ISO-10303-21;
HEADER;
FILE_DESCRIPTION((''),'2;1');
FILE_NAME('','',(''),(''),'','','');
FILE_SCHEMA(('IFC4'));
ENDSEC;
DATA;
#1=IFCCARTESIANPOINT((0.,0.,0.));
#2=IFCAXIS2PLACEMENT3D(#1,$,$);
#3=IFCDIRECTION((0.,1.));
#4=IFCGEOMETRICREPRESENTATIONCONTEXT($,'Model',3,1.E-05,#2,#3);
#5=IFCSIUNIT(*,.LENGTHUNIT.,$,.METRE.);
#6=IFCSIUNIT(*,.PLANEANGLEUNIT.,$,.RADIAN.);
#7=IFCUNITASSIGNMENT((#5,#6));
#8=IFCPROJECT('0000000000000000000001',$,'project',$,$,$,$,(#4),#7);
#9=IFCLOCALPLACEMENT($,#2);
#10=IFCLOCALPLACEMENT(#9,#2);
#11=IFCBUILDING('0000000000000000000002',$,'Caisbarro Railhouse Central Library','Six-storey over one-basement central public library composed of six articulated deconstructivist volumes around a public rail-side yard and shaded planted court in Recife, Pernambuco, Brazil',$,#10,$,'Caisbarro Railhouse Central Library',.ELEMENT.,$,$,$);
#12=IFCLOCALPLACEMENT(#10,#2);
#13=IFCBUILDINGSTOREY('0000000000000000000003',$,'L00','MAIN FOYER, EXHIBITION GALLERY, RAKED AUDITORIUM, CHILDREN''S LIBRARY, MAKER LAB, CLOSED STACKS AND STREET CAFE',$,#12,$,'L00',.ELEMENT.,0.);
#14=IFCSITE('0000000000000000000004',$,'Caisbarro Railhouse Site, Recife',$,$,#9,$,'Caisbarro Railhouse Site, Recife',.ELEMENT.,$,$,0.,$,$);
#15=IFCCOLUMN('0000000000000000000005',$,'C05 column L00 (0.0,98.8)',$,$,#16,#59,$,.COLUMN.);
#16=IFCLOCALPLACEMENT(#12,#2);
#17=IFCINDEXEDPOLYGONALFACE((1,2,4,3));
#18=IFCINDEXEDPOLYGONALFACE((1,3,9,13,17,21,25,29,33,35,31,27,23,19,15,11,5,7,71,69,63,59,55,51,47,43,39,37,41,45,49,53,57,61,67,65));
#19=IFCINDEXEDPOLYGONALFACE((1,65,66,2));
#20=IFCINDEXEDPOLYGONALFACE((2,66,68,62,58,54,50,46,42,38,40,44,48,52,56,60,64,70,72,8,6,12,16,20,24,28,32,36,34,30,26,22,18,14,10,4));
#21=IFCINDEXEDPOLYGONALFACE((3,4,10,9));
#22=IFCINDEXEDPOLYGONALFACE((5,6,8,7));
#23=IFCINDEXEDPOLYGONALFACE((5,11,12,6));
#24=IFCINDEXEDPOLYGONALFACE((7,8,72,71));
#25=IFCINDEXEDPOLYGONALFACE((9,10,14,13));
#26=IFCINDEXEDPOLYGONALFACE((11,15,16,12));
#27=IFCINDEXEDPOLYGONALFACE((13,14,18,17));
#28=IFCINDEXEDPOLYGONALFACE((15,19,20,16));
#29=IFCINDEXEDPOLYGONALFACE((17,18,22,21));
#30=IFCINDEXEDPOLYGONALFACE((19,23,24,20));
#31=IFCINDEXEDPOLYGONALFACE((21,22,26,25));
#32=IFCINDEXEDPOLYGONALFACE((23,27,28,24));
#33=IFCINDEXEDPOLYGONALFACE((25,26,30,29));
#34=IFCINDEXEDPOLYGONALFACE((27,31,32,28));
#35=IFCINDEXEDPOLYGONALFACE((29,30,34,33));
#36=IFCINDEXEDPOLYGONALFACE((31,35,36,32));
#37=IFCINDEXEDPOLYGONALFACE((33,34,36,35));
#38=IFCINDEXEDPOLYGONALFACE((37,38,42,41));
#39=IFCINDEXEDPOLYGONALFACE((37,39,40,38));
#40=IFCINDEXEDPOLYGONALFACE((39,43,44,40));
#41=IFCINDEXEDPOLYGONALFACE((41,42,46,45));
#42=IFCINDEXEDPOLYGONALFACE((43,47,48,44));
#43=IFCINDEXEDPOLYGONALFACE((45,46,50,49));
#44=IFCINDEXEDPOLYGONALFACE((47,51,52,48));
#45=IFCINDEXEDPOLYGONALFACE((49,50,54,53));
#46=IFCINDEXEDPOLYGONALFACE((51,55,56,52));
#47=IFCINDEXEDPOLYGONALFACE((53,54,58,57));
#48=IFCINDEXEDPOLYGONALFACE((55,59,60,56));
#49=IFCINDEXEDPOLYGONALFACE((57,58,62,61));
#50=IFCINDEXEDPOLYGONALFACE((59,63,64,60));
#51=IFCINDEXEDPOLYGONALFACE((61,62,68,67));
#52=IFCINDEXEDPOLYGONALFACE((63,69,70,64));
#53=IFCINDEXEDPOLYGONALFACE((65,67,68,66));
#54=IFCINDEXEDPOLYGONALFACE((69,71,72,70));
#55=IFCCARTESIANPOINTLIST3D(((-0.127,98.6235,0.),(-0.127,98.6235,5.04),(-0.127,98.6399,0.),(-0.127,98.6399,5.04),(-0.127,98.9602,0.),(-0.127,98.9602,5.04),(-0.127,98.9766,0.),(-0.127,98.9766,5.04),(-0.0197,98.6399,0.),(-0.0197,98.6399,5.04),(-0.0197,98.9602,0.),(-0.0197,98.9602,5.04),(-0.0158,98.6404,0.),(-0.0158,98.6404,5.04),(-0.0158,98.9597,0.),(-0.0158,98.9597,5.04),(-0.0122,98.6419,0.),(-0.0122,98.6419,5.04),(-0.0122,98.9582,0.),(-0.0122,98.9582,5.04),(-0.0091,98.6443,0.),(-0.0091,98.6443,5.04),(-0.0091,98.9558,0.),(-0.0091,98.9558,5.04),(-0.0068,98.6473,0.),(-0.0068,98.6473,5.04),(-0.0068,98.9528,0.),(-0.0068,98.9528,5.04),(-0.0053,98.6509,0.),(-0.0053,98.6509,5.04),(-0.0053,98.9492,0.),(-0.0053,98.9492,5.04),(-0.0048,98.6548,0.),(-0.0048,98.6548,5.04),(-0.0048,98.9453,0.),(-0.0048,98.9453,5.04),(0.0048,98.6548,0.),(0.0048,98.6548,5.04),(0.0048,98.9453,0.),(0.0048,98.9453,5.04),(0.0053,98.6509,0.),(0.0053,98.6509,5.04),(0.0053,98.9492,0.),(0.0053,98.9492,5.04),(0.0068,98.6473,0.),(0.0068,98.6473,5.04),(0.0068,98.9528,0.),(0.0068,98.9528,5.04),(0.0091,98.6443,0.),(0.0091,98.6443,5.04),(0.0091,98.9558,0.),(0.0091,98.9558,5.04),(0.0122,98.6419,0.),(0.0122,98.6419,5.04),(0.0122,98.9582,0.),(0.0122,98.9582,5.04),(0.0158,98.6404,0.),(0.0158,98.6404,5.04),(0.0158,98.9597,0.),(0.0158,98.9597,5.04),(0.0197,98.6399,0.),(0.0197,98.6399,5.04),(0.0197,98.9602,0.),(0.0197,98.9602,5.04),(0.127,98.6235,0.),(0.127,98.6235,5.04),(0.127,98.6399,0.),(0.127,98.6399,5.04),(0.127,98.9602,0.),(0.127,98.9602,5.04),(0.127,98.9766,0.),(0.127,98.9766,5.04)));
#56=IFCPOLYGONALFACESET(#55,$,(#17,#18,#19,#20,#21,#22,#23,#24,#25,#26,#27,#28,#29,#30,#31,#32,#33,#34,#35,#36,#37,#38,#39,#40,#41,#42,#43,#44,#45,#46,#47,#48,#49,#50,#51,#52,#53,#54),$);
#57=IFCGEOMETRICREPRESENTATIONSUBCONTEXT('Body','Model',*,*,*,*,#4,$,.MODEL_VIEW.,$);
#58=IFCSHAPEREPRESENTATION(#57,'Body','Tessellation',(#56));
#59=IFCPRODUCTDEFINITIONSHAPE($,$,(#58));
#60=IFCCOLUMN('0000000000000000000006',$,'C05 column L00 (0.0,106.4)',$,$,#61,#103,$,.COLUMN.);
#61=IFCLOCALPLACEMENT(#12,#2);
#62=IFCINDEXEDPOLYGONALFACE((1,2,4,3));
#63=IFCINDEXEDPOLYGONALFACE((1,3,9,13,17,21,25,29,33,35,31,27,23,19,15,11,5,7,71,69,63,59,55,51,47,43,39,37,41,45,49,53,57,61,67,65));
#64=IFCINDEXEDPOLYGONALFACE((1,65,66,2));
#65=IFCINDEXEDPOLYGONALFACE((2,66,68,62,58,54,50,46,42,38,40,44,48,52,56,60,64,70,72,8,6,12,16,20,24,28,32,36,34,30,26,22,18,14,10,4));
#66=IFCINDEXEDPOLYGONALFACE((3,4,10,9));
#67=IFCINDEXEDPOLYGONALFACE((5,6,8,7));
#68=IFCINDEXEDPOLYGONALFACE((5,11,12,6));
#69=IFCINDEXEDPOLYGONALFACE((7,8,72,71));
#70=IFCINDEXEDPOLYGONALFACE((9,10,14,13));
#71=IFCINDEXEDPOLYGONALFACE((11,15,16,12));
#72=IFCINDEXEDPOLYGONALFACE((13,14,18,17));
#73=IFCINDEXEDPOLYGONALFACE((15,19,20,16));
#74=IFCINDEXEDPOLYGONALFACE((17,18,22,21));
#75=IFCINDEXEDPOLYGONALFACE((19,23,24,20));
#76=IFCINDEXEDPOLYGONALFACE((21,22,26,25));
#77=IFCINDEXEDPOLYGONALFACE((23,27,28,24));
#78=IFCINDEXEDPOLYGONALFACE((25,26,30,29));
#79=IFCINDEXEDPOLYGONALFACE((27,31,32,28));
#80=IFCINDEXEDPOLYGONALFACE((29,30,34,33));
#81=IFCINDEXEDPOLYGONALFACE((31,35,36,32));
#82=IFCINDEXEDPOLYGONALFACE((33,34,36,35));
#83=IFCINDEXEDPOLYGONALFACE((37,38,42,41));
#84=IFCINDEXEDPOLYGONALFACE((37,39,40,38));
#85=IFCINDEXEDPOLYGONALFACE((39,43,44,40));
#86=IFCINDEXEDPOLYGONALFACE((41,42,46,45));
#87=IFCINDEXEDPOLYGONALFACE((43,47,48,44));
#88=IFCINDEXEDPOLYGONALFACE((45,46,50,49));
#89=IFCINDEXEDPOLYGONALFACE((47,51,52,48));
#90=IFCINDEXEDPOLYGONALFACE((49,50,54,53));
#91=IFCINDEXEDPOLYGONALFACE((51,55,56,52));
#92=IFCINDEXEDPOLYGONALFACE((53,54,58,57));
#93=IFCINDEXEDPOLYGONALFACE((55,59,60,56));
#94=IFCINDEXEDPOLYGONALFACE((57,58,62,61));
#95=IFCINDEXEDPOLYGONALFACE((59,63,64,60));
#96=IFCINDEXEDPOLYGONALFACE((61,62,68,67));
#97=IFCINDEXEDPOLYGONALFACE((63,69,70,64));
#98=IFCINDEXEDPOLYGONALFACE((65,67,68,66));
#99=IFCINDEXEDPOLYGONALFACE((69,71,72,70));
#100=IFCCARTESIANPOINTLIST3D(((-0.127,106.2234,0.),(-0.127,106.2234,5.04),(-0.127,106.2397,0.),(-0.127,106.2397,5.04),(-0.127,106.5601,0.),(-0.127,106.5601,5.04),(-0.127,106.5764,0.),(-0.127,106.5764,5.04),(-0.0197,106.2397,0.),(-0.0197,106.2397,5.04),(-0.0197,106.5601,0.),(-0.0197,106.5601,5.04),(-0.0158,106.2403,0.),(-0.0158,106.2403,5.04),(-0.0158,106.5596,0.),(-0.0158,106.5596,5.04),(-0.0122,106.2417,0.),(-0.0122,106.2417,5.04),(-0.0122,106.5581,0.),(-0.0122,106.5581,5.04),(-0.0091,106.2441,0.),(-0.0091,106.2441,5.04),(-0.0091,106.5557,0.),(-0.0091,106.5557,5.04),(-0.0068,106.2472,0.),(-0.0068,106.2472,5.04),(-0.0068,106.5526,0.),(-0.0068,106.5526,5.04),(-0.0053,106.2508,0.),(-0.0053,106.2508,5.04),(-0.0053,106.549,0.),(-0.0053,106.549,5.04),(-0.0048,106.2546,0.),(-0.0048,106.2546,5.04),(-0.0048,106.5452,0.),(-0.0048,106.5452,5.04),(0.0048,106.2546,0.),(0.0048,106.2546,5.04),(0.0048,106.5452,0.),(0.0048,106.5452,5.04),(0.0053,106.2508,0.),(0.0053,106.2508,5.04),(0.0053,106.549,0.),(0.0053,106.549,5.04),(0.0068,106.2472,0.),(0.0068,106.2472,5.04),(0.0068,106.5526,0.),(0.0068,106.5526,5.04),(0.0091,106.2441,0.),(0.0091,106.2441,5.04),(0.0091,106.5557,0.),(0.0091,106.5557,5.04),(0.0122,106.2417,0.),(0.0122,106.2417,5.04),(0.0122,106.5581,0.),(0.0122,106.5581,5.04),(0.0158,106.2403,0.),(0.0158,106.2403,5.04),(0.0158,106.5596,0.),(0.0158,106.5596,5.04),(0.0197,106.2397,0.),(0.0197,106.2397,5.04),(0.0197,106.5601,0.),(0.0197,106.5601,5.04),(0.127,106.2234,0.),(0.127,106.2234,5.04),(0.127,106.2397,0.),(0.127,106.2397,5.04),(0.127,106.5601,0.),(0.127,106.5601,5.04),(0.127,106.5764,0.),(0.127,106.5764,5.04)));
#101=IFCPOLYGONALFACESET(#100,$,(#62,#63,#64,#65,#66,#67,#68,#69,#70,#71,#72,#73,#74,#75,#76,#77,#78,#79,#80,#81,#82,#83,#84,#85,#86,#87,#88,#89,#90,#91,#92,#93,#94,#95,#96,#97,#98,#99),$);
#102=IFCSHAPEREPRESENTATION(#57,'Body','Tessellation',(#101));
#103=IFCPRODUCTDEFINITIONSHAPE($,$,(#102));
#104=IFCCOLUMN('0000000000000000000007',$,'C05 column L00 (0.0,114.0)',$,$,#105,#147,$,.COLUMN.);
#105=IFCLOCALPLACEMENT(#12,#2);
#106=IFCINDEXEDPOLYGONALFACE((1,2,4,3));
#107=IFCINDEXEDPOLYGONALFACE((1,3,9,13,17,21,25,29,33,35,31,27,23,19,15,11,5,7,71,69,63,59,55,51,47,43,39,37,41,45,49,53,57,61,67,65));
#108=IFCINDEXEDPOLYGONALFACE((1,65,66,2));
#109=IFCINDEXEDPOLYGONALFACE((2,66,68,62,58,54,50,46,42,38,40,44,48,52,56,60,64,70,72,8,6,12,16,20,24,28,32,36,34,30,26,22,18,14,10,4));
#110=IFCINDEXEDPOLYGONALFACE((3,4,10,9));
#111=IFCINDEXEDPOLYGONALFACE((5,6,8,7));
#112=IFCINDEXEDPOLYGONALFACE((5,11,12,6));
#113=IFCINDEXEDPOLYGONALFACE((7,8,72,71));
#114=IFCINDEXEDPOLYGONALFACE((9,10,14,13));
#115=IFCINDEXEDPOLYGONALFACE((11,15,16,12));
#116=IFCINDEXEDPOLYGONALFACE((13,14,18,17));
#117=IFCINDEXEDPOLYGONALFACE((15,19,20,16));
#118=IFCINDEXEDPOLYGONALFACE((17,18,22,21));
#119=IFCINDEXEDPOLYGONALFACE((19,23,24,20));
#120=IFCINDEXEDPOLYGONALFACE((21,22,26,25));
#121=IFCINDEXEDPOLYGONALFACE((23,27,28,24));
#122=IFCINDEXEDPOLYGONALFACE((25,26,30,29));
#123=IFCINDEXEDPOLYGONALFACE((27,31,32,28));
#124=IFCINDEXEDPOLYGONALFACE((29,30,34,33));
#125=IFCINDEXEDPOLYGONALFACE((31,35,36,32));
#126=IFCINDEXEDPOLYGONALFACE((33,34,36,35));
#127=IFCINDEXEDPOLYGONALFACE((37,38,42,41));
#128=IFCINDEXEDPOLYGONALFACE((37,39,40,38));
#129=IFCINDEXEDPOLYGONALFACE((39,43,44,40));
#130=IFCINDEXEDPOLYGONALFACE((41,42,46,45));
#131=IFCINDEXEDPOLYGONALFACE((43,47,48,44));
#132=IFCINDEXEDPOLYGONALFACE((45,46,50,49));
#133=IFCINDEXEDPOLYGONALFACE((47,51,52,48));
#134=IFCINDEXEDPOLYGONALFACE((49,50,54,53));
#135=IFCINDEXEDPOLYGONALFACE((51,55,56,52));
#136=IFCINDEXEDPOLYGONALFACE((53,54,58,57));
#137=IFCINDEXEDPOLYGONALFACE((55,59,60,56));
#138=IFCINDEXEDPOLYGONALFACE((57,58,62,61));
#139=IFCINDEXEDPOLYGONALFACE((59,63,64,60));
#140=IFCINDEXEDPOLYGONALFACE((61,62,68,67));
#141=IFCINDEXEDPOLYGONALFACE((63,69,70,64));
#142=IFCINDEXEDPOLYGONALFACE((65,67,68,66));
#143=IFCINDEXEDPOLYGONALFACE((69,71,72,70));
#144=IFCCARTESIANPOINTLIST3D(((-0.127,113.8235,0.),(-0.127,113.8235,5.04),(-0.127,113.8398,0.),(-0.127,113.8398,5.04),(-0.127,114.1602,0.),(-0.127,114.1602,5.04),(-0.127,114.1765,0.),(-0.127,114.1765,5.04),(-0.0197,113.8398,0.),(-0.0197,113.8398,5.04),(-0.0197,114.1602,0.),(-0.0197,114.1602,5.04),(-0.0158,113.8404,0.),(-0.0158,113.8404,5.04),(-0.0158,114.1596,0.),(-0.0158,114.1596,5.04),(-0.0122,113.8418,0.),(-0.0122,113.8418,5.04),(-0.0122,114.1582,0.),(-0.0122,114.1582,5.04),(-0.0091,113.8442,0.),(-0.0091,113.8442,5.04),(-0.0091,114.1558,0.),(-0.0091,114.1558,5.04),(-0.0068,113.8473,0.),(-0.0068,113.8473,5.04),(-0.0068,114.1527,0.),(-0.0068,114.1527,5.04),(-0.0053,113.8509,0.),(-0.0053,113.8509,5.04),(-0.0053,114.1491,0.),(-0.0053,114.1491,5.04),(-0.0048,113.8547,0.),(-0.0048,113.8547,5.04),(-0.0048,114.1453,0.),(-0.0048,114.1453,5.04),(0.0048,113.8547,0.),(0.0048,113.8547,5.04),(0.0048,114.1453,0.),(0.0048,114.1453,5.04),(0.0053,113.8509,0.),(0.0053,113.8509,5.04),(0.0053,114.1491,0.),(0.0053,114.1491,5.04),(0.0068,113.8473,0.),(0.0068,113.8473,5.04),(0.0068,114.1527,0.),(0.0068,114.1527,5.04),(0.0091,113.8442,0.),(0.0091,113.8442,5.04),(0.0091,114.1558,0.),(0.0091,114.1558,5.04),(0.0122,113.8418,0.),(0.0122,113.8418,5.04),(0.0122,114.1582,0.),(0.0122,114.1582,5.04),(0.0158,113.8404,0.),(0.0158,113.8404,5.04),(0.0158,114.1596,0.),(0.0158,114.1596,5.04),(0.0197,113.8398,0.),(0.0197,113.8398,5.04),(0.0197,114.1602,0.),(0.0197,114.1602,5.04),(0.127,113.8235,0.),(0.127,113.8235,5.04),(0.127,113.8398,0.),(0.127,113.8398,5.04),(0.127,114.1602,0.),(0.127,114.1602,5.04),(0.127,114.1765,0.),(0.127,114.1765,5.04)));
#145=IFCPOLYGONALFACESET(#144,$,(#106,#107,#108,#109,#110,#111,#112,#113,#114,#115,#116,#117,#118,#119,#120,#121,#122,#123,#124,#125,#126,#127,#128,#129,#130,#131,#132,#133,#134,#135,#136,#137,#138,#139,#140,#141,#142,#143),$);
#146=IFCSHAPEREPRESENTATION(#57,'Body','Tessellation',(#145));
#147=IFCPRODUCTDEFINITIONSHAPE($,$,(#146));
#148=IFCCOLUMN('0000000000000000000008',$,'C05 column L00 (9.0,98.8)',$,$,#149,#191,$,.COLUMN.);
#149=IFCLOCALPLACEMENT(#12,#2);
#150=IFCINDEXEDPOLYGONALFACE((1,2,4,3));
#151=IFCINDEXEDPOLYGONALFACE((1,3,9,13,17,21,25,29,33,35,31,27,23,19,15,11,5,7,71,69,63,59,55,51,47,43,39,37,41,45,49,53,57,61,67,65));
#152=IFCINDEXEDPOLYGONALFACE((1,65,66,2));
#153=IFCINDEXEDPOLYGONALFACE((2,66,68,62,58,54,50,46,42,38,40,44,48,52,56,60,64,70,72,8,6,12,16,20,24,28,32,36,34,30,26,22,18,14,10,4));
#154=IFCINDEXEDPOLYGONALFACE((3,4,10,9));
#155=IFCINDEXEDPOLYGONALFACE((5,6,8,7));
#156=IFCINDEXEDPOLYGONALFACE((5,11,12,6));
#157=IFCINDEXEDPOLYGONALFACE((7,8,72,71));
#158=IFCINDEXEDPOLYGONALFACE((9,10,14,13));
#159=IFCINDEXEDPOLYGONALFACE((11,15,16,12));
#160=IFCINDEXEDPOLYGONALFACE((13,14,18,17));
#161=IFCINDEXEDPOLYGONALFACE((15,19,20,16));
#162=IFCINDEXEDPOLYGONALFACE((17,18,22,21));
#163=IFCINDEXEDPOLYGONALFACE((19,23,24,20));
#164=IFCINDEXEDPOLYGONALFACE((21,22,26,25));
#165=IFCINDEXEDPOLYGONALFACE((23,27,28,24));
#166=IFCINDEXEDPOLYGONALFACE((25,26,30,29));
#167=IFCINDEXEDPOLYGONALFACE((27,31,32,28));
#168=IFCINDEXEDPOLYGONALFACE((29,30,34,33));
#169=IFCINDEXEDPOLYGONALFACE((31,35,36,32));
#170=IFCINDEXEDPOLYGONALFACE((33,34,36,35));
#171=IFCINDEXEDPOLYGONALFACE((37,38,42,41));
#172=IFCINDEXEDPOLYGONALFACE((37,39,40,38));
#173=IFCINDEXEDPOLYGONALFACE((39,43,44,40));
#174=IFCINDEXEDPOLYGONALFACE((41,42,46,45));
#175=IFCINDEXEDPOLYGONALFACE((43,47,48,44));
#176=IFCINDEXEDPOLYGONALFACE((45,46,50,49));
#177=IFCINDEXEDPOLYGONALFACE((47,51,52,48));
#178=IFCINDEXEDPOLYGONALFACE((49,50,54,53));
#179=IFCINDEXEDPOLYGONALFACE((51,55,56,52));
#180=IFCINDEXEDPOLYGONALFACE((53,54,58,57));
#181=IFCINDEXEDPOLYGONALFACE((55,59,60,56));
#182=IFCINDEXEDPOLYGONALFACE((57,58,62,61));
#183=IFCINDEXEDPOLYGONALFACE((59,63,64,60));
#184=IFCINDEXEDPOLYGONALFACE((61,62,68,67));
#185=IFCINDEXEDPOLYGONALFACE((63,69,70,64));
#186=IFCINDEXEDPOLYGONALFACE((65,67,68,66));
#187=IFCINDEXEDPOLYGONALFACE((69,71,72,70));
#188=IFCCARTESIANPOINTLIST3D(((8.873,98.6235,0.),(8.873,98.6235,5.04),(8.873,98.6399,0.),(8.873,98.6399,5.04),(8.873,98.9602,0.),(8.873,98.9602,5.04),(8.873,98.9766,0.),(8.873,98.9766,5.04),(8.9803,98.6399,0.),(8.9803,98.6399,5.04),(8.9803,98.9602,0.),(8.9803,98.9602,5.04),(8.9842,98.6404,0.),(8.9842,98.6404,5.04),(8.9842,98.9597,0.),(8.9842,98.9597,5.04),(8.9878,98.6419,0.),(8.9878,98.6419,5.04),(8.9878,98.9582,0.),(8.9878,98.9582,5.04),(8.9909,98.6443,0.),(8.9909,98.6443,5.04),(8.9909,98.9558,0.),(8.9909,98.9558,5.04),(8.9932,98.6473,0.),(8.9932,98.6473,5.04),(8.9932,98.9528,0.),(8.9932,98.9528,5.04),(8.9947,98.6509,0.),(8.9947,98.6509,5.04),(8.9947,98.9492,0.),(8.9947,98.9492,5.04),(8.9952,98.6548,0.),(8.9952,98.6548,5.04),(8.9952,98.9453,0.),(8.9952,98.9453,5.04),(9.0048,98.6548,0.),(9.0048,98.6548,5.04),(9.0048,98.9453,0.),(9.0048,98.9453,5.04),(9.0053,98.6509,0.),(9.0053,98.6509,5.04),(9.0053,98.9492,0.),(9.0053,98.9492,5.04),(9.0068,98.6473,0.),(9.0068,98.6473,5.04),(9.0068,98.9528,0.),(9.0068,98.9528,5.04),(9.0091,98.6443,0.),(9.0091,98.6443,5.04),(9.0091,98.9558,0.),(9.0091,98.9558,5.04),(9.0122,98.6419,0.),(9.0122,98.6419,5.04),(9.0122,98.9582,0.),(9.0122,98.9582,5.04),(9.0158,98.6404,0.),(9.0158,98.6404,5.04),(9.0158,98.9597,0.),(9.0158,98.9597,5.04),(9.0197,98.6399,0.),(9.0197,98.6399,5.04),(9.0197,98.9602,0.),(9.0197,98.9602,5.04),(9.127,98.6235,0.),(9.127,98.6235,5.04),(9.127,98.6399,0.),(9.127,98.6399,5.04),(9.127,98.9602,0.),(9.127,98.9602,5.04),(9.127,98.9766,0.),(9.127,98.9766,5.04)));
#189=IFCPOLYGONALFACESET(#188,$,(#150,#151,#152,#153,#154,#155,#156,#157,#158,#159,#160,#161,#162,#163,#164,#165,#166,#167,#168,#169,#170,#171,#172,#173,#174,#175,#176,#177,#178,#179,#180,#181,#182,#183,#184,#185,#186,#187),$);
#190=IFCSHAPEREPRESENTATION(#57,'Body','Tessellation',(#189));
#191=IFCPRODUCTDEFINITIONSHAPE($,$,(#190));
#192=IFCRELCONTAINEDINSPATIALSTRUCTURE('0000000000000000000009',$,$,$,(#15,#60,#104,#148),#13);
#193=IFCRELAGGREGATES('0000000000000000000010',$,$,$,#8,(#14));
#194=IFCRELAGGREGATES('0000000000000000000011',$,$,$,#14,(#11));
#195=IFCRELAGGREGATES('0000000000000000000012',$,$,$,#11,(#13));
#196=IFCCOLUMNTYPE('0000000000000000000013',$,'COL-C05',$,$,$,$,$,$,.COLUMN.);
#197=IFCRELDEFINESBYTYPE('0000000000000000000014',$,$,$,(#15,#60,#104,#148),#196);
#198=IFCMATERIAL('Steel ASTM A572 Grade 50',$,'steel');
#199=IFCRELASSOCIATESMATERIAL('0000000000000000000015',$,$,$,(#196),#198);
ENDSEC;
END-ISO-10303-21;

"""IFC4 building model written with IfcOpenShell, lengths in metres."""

from ifc_helpers import new_model, si_unit, direction, frame, origin, origin_2d, place, context, subcontext, project, spatial, i_section, extrude, material, material_profile, profile_set, type_object, element, save


model = new_model("IFC4")

# Units and contexts
model_context = context("Model", 3, precision=1e-05, world=origin(), true_north=direction((0.0, 1.0)))
body_context = subcontext(model_context, "Body", "Model", "MODEL_VIEW")
ifc_project = project(units=[si_unit("LENGTHUNIT", "METRE"), si_unit("PLANEANGLEUNIT", "RADIAN")], contexts=[model_context])

# Site, building, storey
site_placement = place(None, origin())
site = spatial("IfcSite", under=ifc_project, at=site_placement, Name="Caisbarro Railhouse Site, Recife", LongName="Caisbarro Railhouse Site, Recife", CompositionType="ELEMENT", RefElevation=0.0)
building_placement = place(site_placement, origin())
building = spatial("IfcBuilding", under=site, at=building_placement, Name="Caisbarro Railhouse Central Library", Description="Six-storey over one-basement central public library composed of six articulated deconstructivist volumes around a public rail-side yard and shaded planted court in Recife, Pernambuco, Brazil", LongName="Caisbarro Railhouse Central Library", CompositionType="ELEMENT")
storey_placement = place(building_placement, origin())
storey = spatial("IfcBuildingStorey", under=building, at=storey_placement, Name="L00", Description="MAIN FOYER, EXHIBITION GALLERY, RAKED AUDITORIUM, CHILDREN'S LIBRARY, MAKER LAB, CLOSED STACKS AND STREET CAFE", LongName="L00", CompositionType="ELEMENT", Elevation=0.0)

# Columns
ifc_material_1 = material(Name="Steel ASTM A572 Grade 50", Category="steel")
ifc_material_profile_1 = material_profile(ifc_material_1, i_section(OverallWidth=0.2539, OverallDepth=0.353, WebThickness=0.0095, FlangeThickness=0.0164, FilletRadius=0.0149, at=origin_2d()), Name="W360X91.0")
ifc_profile_set_1 = profile_set([ifc_material_profile_1], Name="Steel ASTM A572 Grade 50")
column_type = type_object("IfcColumnType", Name="COL-C05", PredefinedType="COLUMN", material=ifc_profile_set_1)
for number, where, z_axis, x_axis, name in (
    (1, (0.0, 98.8, 0.0), (0.0, 0.0, 1.0), (1.0, 0.0, 0.0), "C05 column L00 (0.0,98.8)"),
    (2, (0.0, 106.3999, 0.0), (0.0, 0.0, 1.0), (1.0, 0.0, 0.0), "C05 column L00 (0.0,106.4)"),
    (3, (0.0, 114.0, 0.0), (0.0, 0.0, 1.0), (1.0, 0.0, 0.0), "C05 column L00 (0.0,114.0)"),
    (4, (9.0, 98.8, 0.0), (0.0, 0.0, 1.0), (1.0, 0.0, 0.0), "C05 column L00 (9.0,98.8)"),
):
    element("IfcColumn", number, at=place(storey_placement, frame(where, z_axis=z_axis, x_axis=x_axis)), inside=storey, type_object=column_type, Name=name, PredefinedType="COLUMN", context=body_context, shape_type="SweptSolid", body=[
        extrude(i_section(OverallWidth=0.2539, OverallDepth=0.353, WebThickness=0.0095, FlangeThickness=0.0164, FilletRadius=0.0149, at=origin_2d()), origin(), (0.0, 0.0, 1.0), 5.04),
    ])

save(model, "model.ifc")
